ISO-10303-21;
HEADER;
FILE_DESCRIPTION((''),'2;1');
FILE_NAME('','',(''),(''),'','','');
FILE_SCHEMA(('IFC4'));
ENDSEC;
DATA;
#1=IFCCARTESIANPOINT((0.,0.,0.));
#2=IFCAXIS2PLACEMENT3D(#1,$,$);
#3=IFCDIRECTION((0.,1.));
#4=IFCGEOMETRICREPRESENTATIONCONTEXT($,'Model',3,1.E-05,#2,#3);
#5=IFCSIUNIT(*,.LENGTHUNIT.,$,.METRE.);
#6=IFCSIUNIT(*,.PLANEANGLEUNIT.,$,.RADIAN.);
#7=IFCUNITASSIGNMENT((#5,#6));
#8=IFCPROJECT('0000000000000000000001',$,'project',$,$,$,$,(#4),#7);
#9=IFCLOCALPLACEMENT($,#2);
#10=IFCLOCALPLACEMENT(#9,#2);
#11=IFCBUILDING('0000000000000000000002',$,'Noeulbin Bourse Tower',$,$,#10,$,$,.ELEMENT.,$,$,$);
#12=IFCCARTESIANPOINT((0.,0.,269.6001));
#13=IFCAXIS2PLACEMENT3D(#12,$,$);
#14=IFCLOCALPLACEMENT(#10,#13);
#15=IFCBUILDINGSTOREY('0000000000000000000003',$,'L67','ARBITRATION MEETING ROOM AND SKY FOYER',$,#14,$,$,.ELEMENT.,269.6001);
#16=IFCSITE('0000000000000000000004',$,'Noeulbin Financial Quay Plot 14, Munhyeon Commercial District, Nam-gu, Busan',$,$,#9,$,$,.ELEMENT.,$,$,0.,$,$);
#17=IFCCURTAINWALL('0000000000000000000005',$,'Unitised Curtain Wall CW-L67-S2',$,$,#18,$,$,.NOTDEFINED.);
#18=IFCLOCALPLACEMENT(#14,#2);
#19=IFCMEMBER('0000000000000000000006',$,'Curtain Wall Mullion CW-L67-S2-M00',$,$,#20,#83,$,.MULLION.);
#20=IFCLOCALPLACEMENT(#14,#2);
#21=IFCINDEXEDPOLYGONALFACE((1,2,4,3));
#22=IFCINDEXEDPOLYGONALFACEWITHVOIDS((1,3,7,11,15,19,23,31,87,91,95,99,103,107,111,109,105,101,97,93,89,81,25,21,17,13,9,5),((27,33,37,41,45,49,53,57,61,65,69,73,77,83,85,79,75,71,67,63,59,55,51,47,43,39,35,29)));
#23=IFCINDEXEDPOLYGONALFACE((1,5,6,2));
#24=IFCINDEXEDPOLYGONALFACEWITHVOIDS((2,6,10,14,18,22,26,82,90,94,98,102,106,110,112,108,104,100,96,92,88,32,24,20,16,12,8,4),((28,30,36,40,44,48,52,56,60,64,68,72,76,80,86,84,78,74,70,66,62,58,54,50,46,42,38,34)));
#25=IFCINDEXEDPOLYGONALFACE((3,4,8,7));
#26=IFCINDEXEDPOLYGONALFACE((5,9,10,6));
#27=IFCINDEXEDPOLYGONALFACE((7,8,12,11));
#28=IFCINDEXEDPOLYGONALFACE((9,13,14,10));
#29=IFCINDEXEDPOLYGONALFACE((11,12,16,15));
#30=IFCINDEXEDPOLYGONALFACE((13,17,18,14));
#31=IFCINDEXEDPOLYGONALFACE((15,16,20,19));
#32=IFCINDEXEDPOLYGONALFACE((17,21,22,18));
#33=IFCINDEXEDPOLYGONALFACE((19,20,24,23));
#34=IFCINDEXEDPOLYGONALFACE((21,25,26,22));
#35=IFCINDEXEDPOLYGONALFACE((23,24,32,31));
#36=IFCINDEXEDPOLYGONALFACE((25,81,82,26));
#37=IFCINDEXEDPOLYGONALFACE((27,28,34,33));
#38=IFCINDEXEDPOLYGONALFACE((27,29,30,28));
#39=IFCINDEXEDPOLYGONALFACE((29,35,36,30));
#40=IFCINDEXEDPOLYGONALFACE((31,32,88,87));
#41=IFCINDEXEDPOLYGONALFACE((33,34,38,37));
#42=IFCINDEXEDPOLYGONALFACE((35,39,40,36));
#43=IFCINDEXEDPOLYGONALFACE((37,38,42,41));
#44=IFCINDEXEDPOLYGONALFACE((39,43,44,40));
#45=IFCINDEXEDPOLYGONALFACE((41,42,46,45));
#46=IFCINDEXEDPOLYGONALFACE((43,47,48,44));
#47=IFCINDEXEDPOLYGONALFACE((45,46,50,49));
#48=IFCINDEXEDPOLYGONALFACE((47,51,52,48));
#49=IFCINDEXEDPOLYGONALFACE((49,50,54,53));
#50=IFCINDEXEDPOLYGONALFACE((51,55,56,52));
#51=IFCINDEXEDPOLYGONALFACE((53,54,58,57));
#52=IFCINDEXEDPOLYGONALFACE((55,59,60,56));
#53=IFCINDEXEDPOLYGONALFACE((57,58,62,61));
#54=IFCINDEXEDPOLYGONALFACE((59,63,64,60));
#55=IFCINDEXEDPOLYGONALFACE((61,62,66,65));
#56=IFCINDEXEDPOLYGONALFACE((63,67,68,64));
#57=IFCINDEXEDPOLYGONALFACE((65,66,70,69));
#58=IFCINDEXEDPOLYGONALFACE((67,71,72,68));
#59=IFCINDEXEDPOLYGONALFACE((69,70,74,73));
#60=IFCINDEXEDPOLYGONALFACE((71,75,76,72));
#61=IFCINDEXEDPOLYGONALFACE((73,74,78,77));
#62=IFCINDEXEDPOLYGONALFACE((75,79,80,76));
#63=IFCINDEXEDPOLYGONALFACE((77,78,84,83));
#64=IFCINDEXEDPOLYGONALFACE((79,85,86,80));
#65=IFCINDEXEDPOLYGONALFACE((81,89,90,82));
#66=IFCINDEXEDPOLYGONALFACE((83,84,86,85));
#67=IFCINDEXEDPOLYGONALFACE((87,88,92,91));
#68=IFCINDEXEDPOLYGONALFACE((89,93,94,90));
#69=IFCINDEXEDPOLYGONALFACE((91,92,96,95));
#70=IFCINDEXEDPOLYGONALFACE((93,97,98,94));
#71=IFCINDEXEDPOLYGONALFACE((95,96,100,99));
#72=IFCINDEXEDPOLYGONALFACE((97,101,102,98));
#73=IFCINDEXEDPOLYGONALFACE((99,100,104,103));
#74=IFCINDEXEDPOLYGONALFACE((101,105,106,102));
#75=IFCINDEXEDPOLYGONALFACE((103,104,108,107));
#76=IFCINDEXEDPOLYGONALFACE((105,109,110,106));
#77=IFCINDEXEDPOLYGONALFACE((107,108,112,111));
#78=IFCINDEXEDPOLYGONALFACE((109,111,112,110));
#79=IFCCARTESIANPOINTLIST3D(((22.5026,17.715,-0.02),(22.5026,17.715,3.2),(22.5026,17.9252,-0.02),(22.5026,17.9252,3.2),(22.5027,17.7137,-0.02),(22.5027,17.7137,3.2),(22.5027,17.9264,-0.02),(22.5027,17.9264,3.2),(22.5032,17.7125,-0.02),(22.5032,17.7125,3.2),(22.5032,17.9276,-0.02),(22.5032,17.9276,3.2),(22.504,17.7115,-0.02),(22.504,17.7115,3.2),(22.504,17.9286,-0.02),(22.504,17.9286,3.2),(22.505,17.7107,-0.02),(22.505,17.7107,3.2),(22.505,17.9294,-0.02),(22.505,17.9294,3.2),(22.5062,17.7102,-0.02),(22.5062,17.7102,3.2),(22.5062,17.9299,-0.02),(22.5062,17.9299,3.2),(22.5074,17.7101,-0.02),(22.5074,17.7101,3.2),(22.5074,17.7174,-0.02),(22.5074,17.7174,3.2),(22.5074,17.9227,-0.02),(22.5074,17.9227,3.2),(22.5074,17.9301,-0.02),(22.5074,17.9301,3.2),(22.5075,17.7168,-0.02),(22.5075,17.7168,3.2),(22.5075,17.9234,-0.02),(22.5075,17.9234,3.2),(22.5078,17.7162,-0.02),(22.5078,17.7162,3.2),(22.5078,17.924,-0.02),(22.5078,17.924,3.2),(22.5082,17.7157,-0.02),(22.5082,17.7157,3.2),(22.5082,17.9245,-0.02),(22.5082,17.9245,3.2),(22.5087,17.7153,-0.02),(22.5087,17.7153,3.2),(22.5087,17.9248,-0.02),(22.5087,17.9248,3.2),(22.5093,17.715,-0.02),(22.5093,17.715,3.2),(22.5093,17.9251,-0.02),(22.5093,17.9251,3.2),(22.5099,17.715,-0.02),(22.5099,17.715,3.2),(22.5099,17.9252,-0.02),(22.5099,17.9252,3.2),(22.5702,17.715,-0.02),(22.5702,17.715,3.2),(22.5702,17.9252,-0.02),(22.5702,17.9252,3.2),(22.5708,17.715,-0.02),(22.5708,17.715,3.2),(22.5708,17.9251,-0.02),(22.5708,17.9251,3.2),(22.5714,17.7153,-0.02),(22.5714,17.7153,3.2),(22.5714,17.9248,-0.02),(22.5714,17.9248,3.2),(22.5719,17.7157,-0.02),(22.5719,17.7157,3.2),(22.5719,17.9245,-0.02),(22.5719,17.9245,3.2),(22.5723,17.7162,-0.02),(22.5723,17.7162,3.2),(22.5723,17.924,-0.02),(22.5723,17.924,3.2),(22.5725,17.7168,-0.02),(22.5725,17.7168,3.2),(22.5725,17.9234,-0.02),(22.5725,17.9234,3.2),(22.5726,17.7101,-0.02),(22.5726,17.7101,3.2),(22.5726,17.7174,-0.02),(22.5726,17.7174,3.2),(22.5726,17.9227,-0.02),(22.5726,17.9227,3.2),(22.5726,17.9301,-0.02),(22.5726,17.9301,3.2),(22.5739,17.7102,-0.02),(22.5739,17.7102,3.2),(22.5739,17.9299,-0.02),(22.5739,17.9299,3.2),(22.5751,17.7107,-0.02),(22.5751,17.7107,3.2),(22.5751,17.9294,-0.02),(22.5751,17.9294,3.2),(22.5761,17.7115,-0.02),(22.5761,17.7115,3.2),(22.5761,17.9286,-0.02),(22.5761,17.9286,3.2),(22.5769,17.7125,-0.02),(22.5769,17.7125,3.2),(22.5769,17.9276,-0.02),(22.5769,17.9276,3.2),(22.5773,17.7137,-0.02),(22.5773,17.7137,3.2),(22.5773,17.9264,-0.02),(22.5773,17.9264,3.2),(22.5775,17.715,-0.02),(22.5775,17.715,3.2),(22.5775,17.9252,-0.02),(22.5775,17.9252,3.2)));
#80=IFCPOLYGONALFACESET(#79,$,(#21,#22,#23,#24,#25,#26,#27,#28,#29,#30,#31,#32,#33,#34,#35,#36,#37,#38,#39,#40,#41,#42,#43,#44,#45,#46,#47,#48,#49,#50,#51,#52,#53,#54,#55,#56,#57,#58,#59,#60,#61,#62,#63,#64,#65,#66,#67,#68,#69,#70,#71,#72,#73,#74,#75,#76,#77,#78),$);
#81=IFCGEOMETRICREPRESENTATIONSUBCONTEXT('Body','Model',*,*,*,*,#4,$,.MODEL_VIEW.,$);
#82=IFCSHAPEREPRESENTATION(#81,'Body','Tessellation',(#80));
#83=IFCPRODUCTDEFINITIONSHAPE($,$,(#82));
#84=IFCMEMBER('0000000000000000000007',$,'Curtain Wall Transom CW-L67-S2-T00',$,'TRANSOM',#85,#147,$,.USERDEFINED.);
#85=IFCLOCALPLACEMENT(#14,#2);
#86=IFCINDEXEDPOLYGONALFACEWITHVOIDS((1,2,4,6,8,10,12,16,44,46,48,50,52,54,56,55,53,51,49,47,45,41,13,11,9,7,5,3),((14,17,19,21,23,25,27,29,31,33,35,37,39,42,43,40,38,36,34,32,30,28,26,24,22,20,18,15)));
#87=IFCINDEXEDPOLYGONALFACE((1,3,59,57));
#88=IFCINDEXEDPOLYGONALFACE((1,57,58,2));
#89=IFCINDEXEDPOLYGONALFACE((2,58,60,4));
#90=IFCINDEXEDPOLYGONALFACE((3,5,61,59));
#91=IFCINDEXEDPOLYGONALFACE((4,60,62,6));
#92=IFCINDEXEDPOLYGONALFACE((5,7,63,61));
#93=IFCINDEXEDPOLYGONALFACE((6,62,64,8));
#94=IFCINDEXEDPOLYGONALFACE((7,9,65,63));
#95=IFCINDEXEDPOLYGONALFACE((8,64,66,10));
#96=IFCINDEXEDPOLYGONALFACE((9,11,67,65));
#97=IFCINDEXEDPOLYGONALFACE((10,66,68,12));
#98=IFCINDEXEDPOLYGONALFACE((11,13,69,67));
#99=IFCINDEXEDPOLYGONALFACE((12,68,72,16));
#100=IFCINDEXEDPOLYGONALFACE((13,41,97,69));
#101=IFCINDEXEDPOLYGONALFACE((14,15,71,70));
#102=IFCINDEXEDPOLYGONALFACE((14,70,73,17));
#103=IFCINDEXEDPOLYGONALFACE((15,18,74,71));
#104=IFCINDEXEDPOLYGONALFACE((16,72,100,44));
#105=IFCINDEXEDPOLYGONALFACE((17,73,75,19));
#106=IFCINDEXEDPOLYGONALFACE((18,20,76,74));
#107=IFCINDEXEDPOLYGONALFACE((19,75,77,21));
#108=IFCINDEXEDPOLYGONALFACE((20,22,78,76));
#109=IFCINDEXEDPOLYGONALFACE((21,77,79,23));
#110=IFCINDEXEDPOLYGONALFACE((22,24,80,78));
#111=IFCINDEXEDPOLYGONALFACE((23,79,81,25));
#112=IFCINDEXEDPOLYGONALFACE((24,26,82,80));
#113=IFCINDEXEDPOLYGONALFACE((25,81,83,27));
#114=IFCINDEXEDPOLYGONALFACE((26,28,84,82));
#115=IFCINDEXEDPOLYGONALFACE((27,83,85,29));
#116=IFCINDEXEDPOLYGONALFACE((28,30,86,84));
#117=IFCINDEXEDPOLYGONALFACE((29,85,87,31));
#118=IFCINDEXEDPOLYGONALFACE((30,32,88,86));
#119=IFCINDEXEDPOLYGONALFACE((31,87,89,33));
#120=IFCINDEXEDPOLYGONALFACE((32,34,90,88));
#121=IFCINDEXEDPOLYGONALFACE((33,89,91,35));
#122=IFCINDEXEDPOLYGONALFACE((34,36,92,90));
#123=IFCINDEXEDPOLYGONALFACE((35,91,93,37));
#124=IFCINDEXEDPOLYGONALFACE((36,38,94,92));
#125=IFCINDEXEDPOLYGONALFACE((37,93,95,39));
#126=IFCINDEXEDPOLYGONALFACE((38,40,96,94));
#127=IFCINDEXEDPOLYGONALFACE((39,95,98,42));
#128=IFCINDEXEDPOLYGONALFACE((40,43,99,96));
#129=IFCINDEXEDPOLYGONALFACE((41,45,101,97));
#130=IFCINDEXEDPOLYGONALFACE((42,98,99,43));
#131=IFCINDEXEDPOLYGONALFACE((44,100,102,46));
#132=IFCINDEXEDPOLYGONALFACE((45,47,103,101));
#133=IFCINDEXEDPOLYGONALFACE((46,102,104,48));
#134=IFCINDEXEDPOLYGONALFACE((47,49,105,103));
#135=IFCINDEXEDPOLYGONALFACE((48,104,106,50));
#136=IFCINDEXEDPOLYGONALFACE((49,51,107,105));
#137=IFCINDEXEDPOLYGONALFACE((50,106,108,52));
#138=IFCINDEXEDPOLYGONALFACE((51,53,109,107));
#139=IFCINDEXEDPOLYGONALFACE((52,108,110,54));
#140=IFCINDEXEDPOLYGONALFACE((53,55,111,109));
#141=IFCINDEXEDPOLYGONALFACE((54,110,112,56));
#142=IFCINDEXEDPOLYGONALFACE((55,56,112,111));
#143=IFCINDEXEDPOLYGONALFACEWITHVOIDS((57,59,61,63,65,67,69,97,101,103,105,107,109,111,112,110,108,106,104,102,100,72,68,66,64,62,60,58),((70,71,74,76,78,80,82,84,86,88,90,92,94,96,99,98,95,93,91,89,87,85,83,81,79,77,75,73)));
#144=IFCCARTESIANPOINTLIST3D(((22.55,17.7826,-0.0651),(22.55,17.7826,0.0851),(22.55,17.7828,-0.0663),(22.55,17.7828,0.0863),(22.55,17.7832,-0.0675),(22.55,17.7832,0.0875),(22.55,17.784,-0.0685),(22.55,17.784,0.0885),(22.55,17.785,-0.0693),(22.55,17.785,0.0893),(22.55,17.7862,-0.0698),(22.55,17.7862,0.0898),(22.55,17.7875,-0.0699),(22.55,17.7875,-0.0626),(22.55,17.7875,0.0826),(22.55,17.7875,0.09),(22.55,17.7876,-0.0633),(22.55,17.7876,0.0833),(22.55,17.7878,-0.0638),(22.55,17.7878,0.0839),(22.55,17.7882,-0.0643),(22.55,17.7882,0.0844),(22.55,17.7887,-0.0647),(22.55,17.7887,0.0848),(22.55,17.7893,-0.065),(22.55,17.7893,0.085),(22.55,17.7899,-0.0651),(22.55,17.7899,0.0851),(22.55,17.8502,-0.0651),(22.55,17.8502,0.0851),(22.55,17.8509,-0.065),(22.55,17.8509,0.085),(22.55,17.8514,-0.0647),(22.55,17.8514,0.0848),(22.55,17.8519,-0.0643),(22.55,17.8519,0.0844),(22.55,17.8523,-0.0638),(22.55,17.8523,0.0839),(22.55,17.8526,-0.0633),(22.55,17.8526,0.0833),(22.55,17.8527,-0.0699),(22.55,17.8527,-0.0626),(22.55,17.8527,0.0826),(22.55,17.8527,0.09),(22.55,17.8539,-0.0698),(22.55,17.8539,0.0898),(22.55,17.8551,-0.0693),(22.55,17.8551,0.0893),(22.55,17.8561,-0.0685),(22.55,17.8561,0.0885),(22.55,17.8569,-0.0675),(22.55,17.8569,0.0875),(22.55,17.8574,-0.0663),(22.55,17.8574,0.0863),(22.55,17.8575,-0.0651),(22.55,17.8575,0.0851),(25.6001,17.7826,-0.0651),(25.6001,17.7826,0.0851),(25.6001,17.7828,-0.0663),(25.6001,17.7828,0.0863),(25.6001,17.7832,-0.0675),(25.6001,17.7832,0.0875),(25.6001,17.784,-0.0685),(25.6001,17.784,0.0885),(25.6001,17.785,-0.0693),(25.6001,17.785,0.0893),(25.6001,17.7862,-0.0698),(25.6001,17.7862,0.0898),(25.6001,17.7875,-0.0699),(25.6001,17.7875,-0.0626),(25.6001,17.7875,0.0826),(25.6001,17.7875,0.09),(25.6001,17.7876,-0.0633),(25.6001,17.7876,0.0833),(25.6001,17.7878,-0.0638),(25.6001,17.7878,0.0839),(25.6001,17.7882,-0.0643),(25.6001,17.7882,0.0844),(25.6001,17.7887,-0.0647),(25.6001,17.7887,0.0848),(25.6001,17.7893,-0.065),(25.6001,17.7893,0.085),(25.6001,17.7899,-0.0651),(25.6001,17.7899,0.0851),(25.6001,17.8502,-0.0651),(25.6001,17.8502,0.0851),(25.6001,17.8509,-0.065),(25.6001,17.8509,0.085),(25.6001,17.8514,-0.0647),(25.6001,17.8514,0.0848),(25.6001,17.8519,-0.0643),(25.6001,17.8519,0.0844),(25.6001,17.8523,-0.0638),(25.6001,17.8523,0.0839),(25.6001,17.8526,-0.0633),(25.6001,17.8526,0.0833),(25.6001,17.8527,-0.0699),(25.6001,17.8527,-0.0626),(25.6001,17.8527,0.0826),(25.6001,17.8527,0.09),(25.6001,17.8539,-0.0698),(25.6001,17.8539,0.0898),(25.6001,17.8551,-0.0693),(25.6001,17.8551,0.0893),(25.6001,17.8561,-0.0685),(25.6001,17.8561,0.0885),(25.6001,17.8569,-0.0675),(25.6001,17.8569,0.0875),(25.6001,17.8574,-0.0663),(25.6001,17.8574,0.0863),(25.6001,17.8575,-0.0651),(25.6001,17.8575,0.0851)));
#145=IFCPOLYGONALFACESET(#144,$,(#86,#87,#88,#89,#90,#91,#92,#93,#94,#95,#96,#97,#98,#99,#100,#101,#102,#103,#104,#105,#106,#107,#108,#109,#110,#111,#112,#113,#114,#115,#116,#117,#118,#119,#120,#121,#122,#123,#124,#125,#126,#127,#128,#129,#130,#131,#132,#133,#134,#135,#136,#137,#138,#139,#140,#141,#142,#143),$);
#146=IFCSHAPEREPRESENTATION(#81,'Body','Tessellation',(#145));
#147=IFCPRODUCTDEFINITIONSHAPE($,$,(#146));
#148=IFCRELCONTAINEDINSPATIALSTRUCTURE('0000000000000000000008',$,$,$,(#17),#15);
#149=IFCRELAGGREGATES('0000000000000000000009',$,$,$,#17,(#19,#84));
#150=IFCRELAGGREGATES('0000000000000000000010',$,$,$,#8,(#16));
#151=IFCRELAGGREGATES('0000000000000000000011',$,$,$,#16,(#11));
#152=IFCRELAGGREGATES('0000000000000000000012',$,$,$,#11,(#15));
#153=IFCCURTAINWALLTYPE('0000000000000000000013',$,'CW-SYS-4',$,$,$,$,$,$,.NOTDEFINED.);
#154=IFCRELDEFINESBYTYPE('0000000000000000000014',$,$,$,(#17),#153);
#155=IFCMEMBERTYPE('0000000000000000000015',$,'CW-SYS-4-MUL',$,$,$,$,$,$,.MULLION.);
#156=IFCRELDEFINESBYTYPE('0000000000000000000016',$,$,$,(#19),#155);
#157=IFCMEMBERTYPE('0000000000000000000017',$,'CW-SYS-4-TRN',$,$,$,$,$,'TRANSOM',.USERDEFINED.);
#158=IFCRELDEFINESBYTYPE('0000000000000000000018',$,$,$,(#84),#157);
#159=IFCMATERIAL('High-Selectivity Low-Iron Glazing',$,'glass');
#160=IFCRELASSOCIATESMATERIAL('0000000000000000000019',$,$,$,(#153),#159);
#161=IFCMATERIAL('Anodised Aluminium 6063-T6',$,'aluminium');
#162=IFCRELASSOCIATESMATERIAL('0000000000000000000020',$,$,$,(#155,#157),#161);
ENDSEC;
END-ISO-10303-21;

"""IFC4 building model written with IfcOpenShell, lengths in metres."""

from ifc_helpers import new_model, si_unit, direction, frame, origin, origin_2d, place, context, subcontext, project, spatial, hollow_rectangle, extrude, material, material_profile, profile_set, type_object, element, aggregate, save


model = new_model("IFC4")

# Units and contexts
model_context = context("Model", 3, precision=1e-05, world=origin(), true_north=direction((0.0, 1.0)))
body_context = subcontext(model_context, "Body", "Model", "MODEL_VIEW")
ifc_project = project(units=[si_unit("LENGTHUNIT", "METRE"), si_unit("PLANEANGLEUNIT", "RADIAN")], contexts=[model_context])

# Site, building, storey
site_placement = place(None, origin())
site = spatial("IfcSite", under=ifc_project, at=site_placement, Name="Noeulbin Financial Quay Plot 14, Munhyeon Commercial District, Nam-gu, Busan", CompositionType="ELEMENT", RefElevation=0.0)
building_placement = place(site_placement, origin())
building = spatial("IfcBuilding", under=site, at=building_placement, Name="Noeulbin Bourse Tower", CompositionType="ELEMENT")
storey_placement = place(building_placement, frame((0.0, 0.0, 269.6001)))
storey = spatial("IfcBuildingStorey", under=building, at=storey_placement, Name="L67", Description="ARBITRATION MEETING ROOM AND SKY FOYER", CompositionType="ELEMENT", Elevation=269.6001)

# Curtain wall, members
ifc_material_1 = material(Name="High-Selectivity Low-Iron Glazing", Category="glass")
curtain_wall_type = type_object("IfcCurtainWallType", Name="CW-SYS-4", PredefinedType="NOTDEFINED", material=ifc_material_1)
ifc_material_2 = material(Name="Anodised Aluminium 6063-T6", Category="aluminium")
ifc_material_profile_1 = material_profile(ifc_material_2, hollow_rectangle(XDim=0.075, YDim=0.22, WallThickness=0.0049, InnerFilletRadius=0.0024, OuterFilletRadius=0.0049, at=origin_2d()), Name="ALU-MULL-75x220x5", Category="LoadBearing")
ifc_profile_set_1 = profile_set([ifc_material_profile_1], Name="Anodised Aluminium 6063-T6")
member_type_1 = type_object("IfcMemberType", Name="CW-SYS-4-MUL", PredefinedType="MULLION", material=ifc_profile_set_1)
curtain_wall_1_placement = place(storey_placement, origin())
curtain_wall_1 = element("IfcCurtainWall", 1, at=curtain_wall_1_placement, inside=storey, type_object=curtain_wall_type, Name="Unitised Curtain Wall CW-L67-S2", PredefinedType="NOTDEFINED")
member_1_placement = place(storey_placement, frame((22.54, 17.8201, -0.02), z_axis=(0.0, 0.0, 1.0), x_axis=(1.0, 0.0, 0.0)))
member_1 = element("IfcMember", 2, at=member_1_placement, type_object=member_type_1, Name="Curtain Wall Mullion CW-L67-S2-M00", PredefinedType="MULLION", context=body_context, shape_type="SweptSolid", body=[
    extrude(hollow_rectangle(XDim=0.075, YDim=0.22, WallThickness=0.0049, InnerFilletRadius=0.0024, OuterFilletRadius=0.0049, at=origin_2d()), origin(), (0.0, 0.0, 1.0), 3.22),
])
ifc_material_profile_2 = material_profile(ifc_material_2, hollow_rectangle(XDim=0.075, YDim=0.1599, WallThickness=0.0049, InnerFilletRadius=0.0024, OuterFilletRadius=0.0049, at=origin_2d()), Name="ALU-TRAN-75x160x5", Category="LoadBearing")
ifc_profile_set_2 = profile_set([ifc_material_profile_2], Name="Anodised Aluminium 6063-T6")
member_type_2 = type_object("IfcMemberType", Name="CW-SYS-4-TRN", ElementType="TRANSOM", PredefinedType="USERDEFINED", material=ifc_profile_set_2)
member_2_placement = place(storey_placement, frame((22.55, 17.8201, 0.01), z_axis=(1.0, 0.0, 0.0), x_axis=(0.0, 1.0, 0.0)))
member_2 = element("IfcMember", 3, at=member_2_placement, type_object=member_type_2, Name="Curtain Wall Transom CW-L67-S2-T00", ObjectType="TRANSOM", PredefinedType="USERDEFINED", context=body_context, shape_type="SweptSolid", body=[
    extrude(hollow_rectangle(XDim=0.075, YDim=0.1599, WallThickness=0.0049, InnerFilletRadius=0.0024, OuterFilletRadius=0.0049, at=origin_2d()), origin(), (0.0, 0.0, 1.0), 3.05),
])
aggregate(curtain_wall_1, [member_1, member_2])

save(model, "model.ifc")
